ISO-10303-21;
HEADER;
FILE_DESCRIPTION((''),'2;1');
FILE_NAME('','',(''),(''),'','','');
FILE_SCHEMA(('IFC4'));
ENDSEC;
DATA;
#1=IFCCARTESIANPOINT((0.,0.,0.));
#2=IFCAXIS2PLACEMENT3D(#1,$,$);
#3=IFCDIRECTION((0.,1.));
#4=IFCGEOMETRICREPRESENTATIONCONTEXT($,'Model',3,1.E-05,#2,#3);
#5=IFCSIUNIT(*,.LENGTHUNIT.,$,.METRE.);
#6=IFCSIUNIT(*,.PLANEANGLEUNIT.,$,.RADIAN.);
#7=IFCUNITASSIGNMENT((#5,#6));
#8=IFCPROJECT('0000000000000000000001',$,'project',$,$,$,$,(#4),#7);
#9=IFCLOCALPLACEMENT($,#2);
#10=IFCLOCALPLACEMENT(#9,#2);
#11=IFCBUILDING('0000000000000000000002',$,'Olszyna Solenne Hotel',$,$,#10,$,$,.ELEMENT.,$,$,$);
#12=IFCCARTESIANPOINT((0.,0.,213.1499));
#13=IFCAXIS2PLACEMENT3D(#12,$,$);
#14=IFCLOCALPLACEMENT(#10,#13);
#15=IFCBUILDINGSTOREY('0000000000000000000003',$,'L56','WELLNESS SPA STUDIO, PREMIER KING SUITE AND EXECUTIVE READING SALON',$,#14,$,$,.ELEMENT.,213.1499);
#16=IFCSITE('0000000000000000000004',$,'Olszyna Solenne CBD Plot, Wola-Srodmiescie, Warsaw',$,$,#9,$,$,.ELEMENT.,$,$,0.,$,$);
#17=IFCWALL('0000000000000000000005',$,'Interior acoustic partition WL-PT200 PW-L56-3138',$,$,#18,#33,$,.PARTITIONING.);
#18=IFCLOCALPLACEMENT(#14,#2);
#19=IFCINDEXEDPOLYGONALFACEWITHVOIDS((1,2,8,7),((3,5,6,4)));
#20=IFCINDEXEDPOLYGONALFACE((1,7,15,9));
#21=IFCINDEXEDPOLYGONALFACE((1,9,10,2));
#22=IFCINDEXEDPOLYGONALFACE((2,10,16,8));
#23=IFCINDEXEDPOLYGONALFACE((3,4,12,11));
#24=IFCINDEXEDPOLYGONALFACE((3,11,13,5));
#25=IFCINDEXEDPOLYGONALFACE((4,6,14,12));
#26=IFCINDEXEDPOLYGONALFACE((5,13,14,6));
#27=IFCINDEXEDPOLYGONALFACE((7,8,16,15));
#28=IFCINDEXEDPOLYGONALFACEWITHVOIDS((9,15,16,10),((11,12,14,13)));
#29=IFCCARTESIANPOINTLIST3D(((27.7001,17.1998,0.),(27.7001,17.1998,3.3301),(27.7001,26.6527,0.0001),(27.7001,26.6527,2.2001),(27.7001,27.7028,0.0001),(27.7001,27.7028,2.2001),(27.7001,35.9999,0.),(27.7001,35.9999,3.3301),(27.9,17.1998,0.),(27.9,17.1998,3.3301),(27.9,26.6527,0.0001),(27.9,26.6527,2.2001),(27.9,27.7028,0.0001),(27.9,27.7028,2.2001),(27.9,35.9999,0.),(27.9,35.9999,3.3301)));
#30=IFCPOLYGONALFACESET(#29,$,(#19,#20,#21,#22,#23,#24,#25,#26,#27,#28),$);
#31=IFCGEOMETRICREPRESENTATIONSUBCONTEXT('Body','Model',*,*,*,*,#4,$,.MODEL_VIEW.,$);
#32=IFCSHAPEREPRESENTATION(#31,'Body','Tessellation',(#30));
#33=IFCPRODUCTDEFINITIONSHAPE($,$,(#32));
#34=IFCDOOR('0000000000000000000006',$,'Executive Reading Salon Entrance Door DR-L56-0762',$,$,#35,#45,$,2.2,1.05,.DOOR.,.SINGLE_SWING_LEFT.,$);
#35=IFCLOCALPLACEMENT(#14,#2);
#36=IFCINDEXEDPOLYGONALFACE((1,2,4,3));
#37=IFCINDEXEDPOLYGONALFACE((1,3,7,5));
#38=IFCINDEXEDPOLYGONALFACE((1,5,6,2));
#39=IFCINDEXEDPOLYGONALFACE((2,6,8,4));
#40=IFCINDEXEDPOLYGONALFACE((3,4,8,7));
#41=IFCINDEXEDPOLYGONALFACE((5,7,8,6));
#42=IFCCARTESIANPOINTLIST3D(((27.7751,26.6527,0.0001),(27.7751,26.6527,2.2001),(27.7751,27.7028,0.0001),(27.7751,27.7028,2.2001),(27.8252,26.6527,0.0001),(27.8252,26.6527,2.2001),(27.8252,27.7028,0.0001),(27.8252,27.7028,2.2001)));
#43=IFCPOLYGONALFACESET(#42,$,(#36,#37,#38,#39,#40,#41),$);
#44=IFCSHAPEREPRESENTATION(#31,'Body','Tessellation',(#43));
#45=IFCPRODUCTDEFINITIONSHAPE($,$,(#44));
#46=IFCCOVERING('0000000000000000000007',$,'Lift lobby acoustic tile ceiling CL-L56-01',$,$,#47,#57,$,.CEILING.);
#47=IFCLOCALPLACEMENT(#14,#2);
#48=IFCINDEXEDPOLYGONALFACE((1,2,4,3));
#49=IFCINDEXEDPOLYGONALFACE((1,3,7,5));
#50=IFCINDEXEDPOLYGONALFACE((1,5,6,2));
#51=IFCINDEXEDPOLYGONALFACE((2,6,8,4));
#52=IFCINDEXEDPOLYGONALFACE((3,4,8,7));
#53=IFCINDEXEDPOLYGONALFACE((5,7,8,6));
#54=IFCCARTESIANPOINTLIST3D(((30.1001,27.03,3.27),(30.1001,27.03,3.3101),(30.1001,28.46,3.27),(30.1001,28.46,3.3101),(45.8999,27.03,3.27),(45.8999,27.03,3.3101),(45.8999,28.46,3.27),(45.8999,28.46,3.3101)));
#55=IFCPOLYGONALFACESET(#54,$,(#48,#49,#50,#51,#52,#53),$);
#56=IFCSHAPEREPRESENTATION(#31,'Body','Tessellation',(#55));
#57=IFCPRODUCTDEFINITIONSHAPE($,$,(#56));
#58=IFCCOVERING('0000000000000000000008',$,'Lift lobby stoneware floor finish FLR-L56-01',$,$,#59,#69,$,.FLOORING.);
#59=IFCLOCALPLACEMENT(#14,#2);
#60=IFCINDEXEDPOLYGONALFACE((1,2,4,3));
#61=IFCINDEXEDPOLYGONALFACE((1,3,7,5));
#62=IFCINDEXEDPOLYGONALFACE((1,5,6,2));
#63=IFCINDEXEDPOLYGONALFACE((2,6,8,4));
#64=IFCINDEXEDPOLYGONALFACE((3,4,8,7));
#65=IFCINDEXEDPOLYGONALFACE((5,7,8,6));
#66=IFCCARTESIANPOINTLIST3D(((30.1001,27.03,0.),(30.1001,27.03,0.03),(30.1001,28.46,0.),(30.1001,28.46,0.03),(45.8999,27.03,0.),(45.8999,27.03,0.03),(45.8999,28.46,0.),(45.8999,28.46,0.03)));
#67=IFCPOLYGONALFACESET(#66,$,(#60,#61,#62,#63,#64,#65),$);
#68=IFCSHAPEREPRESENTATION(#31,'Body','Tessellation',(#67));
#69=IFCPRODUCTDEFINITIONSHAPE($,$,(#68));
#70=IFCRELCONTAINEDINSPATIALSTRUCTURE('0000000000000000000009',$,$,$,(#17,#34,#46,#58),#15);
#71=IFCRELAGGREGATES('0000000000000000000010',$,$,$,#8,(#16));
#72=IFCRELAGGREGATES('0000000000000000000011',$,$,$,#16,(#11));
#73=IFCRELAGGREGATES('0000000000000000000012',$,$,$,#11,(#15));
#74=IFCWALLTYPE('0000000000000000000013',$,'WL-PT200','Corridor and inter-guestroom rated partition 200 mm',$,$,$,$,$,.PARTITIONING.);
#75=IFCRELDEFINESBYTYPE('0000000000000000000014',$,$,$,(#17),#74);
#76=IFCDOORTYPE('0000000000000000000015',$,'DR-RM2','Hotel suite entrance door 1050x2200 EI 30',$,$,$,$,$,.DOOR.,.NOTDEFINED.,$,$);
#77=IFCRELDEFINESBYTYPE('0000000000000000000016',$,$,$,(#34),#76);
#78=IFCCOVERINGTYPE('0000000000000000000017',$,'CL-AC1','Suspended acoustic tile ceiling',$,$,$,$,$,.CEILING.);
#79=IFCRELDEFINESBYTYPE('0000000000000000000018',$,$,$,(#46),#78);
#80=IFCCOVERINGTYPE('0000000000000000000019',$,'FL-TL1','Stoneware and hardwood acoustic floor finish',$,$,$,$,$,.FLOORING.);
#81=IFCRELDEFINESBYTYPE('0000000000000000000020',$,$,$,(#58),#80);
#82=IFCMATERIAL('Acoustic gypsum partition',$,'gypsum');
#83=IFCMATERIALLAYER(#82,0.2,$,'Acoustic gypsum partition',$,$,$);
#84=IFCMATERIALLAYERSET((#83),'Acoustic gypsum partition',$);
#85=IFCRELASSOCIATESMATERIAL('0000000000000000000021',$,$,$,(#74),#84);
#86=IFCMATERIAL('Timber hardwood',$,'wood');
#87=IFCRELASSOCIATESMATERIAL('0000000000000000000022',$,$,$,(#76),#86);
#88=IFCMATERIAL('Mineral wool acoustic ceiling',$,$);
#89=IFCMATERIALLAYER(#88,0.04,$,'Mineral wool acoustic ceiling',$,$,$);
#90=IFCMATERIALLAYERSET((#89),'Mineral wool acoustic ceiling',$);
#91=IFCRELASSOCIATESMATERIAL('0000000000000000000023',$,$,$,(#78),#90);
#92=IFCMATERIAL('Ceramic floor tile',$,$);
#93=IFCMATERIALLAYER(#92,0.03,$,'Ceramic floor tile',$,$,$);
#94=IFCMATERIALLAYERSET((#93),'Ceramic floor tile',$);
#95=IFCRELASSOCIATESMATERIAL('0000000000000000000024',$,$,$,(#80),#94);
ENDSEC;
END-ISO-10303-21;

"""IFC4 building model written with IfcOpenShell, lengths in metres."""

from ifc_helpers import new_model, si_unit, direction, frame, frame_2d, origin, place, context, subcontext, project, spatial, polyline, rectangle, outline, extrude, source, transform, mapped, material, layer, layer_set, type_object, type_shapes, element, fill, save


model = new_model("IFC4")

# Units and contexts
model_context = context("Model", 3, precision=1e-05, world=origin(), true_north=direction((0.0, 1.0)))
body_context = subcontext(model_context, "Body", "Model", "MODEL_VIEW")
ifc_project = project(units=[si_unit("LENGTHUNIT", "METRE"), si_unit("PLANEANGLEUNIT", "RADIAN")], contexts=[model_context])

# Site, building, storey
site_placement = place(None, origin())
site = spatial("IfcSite", under=ifc_project, at=site_placement, Name="Olszyna Solenne CBD Plot, Wola-Srodmiescie, Warsaw", CompositionType="ELEMENT", RefElevation=0.0)
building_placement = place(site_placement, origin())
building = spatial("IfcBuilding", under=site, at=building_placement, Name="Olszyna Solenne Hotel", CompositionType="ELEMENT")
storey_placement = place(building_placement, frame((0.0, 0.0, 213.1499)))
storey = spatial("IfcBuildingStorey", under=building, at=storey_placement, Name="L56", Description="WELLNESS SPA STUDIO, PREMIER KING SUITE AND EXECUTIVE READING SALON", CompositionType="ELEMENT", Elevation=213.1499)

# Shared definitions
ifc_material_1 = material(Name="Acoustic gypsum partition", Category="gypsum")

# Shared definitions
ifc_layer_1 = layer(ifc_material_1, 0.2, Name="Acoustic gypsum partition")
ifc_layer_set_1 = layer_set([ifc_layer_1], Name="Acoustic gypsum partition")
wall_type_1 = type_object("IfcWallType", Name="WL-PT200", Description="Corridor and inter-guestroom rated partition 200 mm", PredefinedType="PARTITIONING", material=ifc_layer_set_1)
ifc_material_2 = material(Name="Timber hardwood", Category="wood")
door_type_1 = type_object("IfcDoorType", Name="DR-RM2", Description="Hotel suite entrance door 1050x2200 EI 30", OperationType="NOTDEFINED", PredefinedType="DOOR", material=ifc_material_2)
shared_shape_1 = source(origin(), body_context, "Body", "SweptSolid", [
    extrude(rectangle(XDim=1.05, YDim=2.2, at=frame_2d((0.5249, 1.1001))), frame((0.0, 0.0249, 0.0), z_axis=(0.0, -1.0, 0.0), x_axis=(1.0, 0.0, 0.0)), (0.0, 0.0, 1.0), 0.05),
])
type_shapes(door_type_1, [shared_shape_1])

# Wall, opening, door
wall_1_placement = place(storey_placement, frame((27.8, 17.2, 0.0), z_axis=(0.0, 0.0, 1.0), x_axis=(0.0, 1.0, 0.0)))
wall_1 = element("IfcWall", 1, at=wall_1_placement, inside=storey, type_object=wall_type_1, Name="Interior acoustic partition WL-PT200 PW-L56-3138", PredefinedType="PARTITIONING", context=body_context, shape_type="SweptSolid", body=[
    extrude(rectangle(XDim=18.8, YDim=0.2, at=frame_2d((9.3999, 0.0))), origin(), (0.0, 0.0, 1.0), 3.3301),
])
opening_1_placement = place(wall_1_placement, frame((9.4529, 0.0, 0.0)))
opening_1 = element("IfcOpeningElement", 2, at=opening_1_placement, cuts=wall_1, PredefinedType="OPENING", context=body_context, shape_type="SweptSolid", body=[
    extrude(rectangle(XDim=1.05, YDim=2.2, at=frame_2d((0.5249, 1.1001))), frame((0.0, 0.1099, 0.0), z_axis=(0.0, -1.0, 0.0), x_axis=(1.0, 0.0, 0.0)), (0.0, 0.0, 1.0), 0.22),
])
door_1_placement = place(opening_1_placement, origin())
door_1 = element("IfcDoor", 3, at=door_1_placement, inside=storey, type_object=door_type_1, Name="Executive Reading Salon Entrance Door DR-L56-0762", OperationType="SINGLE_SWING_LEFT", OverallHeight=2.2, OverallWidth=1.05, PredefinedType="DOOR", context=body_context, shape_type="MappedRepresentation", body=[
    mapped(shared_shape_1, transform((0.0, 0.0, 0.0), x_axis=(1.0, 0.0, 0.0), y_axis=(0.0, 1.0, 0.0), z_axis=(0.0, 0.0, 1.0), scale=1.0)),
])
fill(opening_1, door_1)

# Coverings
ifc_material_3 = material(Name="Mineral wool acoustic ceiling")
ifc_layer_2 = layer(ifc_material_3, 0.04, Name="Mineral wool acoustic ceiling")
ifc_layer_set_2 = layer_set([ifc_layer_2], Name="Mineral wool acoustic ceiling")
covering_type_1 = type_object("IfcCoveringType", Name="CL-AC1", Description="Suspended acoustic tile ceiling", PredefinedType="CEILING", material=ifc_layer_set_2)
covering_1_placement = place(storey_placement, frame((0.0, 0.0, 3.27)))
element("IfcCovering", 4, at=covering_1_placement, inside=storey, type_object=covering_type_1, Name="Lift lobby acoustic tile ceiling CL-L56-01", PredefinedType="CEILING", context=body_context, shape_type="SweptSolid", body=[
    extrude(outline(polyline([(30.1001, 27.03), (45.8999, 27.03), (45.8999, 28.46), (30.1001, 28.46), (30.1001, 27.03)])), origin(), (0.0, 0.0, 1.0), 0.04),
])
ifc_material_4 = material(Name="Ceramic floor tile")
ifc_layer_3 = layer(ifc_material_4, 0.03, Name="Ceramic floor tile")
ifc_layer_set_3 = layer_set([ifc_layer_3], Name="Ceramic floor tile")
covering_type_2 = type_object("IfcCoveringType", Name="FL-TL1", Description="Stoneware and hardwood acoustic floor finish", PredefinedType="FLOORING", material=ifc_layer_set_3)
covering_2_placement = place(storey_placement, origin())
element("IfcCovering", 5, at=covering_2_placement, inside=storey, type_object=covering_type_2, Name="Lift lobby stoneware floor finish FLR-L56-01", PredefinedType="FLOORING", context=body_context, shape_type="SweptSolid", body=[
    extrude(outline(polyline([(30.1001, 27.03), (45.8999, 27.03), (45.8999, 28.46), (30.1001, 28.46), (30.1001, 27.03)])), origin(), (0.0, 0.0, 1.0), 0.03),
])

save(model, "model.ifc")
